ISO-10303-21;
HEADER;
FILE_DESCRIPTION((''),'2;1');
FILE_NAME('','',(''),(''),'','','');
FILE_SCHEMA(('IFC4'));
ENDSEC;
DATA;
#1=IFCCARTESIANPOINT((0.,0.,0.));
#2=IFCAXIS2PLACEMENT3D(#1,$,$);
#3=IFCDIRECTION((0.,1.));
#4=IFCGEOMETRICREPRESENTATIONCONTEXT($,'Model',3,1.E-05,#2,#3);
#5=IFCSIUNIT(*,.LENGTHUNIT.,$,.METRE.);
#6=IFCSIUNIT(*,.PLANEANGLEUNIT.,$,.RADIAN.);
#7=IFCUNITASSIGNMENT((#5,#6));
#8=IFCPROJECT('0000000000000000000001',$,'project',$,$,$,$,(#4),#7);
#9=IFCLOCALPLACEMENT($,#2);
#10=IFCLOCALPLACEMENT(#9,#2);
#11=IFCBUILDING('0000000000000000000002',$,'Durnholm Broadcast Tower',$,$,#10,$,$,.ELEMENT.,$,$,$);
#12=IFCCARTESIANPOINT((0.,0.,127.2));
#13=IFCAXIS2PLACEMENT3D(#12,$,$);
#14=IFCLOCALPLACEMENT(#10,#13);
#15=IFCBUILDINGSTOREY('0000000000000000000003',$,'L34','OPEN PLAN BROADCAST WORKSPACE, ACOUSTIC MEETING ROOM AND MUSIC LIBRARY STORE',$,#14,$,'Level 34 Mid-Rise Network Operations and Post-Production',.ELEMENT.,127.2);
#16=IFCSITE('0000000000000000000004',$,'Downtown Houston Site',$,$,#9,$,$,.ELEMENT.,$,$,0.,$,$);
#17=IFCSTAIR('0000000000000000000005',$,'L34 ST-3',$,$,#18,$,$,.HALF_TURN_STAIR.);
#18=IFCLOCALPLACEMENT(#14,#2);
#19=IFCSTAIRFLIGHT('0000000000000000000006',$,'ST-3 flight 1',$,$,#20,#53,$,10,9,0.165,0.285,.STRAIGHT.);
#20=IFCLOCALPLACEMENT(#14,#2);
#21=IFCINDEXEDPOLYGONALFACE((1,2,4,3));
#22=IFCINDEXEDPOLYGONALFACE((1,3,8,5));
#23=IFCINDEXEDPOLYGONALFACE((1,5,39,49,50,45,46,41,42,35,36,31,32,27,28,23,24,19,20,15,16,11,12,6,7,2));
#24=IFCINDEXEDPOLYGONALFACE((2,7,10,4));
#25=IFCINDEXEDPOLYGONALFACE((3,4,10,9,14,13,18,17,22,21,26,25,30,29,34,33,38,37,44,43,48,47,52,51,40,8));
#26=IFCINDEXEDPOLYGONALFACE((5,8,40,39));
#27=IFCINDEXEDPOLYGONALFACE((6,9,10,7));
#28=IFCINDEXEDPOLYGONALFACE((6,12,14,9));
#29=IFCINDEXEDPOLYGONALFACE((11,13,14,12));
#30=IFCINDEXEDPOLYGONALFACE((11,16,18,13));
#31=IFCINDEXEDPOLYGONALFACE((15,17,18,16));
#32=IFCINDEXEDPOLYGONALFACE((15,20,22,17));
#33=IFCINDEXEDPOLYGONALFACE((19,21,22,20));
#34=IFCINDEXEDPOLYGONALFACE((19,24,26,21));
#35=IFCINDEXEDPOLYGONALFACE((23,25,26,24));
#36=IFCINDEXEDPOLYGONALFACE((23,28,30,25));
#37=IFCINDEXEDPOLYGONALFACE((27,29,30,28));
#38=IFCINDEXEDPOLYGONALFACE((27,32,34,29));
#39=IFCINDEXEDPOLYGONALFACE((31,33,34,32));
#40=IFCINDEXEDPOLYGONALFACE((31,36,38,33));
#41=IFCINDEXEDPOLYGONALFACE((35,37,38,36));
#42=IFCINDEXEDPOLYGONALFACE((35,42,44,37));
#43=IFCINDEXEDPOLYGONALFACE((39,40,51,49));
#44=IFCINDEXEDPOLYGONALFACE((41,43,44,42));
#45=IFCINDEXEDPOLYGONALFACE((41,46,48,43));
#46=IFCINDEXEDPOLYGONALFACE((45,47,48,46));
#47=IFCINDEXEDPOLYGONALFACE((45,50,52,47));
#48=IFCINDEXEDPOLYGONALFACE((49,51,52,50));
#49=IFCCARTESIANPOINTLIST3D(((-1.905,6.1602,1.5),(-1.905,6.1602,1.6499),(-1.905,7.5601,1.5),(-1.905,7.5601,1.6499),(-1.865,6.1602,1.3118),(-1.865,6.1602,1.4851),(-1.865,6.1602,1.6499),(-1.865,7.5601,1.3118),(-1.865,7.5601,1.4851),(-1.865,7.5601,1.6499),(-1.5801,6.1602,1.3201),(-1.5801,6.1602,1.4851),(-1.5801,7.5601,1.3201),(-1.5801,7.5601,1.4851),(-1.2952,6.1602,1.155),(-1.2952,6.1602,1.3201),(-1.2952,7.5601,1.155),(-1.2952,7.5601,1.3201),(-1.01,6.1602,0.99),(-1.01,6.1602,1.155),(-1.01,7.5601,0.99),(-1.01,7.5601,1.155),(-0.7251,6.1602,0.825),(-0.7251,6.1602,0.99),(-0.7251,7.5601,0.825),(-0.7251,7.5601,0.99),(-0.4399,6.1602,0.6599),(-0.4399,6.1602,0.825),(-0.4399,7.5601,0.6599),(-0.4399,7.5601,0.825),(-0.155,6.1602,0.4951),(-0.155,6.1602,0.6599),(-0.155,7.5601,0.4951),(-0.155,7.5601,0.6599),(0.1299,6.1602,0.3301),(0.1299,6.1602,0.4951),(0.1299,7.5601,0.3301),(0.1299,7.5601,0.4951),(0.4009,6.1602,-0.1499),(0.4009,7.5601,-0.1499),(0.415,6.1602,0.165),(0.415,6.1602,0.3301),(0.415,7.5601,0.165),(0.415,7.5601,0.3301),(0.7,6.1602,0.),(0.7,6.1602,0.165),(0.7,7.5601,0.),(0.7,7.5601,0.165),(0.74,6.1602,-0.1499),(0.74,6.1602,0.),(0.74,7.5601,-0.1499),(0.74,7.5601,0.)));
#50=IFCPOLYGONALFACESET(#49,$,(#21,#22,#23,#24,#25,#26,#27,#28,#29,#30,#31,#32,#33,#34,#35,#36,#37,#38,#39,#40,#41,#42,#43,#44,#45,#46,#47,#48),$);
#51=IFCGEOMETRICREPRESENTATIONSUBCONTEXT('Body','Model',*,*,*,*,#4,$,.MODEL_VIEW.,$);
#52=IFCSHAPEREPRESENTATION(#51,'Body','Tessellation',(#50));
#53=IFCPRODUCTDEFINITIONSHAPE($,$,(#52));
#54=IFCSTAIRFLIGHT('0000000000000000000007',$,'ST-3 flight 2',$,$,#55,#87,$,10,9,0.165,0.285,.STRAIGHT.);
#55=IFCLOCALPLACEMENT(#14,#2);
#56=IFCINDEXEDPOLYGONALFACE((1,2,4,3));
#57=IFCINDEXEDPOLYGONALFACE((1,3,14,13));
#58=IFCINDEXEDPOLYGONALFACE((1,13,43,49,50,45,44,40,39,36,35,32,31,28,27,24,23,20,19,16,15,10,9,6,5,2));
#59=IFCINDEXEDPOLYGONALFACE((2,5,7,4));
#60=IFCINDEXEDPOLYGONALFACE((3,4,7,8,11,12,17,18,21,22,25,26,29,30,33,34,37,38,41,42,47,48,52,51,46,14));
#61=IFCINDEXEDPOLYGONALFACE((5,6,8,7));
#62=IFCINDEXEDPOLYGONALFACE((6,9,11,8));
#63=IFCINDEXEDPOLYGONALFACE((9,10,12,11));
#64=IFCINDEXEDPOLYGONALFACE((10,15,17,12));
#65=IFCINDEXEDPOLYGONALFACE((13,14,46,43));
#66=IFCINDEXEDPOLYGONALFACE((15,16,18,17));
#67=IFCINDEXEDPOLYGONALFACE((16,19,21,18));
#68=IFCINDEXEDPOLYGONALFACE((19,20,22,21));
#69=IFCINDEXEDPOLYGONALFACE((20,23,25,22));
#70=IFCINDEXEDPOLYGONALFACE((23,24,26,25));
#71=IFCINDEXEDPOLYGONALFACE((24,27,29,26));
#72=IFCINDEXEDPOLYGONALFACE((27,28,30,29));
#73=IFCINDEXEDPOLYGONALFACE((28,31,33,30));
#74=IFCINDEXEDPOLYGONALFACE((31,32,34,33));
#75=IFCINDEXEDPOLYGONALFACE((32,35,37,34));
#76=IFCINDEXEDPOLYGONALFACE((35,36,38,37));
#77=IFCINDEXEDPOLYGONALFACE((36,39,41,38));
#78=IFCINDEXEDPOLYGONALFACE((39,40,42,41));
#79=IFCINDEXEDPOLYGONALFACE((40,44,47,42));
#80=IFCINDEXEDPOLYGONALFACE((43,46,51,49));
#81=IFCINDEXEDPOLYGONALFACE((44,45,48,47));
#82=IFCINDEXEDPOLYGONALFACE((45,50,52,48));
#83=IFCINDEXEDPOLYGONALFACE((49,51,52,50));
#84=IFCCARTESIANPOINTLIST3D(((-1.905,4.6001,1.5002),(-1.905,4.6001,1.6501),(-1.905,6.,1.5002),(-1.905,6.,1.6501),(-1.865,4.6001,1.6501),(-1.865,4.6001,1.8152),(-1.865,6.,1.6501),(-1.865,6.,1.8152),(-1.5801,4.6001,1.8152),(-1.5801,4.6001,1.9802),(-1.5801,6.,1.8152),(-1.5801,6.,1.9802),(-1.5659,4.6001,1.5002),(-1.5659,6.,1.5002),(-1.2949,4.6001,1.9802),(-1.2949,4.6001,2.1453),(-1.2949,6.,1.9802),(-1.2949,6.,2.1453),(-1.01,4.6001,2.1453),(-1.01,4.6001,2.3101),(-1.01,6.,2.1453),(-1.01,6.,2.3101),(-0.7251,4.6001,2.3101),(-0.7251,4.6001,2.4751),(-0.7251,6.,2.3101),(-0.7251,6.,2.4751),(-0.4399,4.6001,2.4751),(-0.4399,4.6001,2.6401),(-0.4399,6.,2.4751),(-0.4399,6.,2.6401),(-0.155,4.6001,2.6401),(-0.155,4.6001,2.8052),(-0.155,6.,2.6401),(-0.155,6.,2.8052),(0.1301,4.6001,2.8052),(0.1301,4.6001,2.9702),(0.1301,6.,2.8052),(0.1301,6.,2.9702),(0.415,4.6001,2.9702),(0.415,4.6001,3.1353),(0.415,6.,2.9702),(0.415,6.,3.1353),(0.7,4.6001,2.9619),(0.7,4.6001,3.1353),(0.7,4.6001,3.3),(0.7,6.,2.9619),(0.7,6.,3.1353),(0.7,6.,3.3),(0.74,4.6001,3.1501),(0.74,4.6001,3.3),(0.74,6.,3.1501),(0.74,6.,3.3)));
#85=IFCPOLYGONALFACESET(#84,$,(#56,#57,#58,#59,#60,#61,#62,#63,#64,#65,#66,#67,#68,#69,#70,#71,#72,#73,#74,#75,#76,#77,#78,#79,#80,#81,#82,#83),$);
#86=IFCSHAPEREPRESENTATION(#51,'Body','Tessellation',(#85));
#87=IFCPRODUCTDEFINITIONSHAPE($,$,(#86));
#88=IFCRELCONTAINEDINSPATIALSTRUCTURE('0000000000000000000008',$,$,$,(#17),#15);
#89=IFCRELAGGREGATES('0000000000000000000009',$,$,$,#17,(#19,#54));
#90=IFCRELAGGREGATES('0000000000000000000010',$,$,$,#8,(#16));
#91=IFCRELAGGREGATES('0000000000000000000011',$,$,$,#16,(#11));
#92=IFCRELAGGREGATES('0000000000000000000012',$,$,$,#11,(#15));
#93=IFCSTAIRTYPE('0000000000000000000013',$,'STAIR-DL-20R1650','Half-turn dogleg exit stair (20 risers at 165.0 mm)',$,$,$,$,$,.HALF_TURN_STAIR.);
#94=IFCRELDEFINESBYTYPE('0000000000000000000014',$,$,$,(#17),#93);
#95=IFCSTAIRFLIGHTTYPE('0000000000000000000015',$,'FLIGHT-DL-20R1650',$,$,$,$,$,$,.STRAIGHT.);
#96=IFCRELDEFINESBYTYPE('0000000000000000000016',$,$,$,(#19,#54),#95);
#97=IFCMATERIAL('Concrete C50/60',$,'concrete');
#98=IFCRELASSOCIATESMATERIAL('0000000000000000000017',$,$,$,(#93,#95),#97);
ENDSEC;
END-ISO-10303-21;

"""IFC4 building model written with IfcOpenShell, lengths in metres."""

from ifc_helpers import new_model, si_unit, direction, frame, origin, place, context, subcontext, project, spatial, polyline, outline, extrude, material, type_object, element, aggregate, save


model = new_model("IFC4")

# Units and contexts
model_context = context("Model", 3, precision=1e-05, world=origin(), true_north=direction((0.0, 1.0)))
body_context = subcontext(model_context, "Body", "Model", "MODEL_VIEW")
ifc_project = project(units=[si_unit("LENGTHUNIT", "METRE"), si_unit("PLANEANGLEUNIT", "RADIAN")], contexts=[model_context])

# Site, building, storey
site_placement = place(None, origin())
site = spatial("IfcSite", under=ifc_project, at=site_placement, Name="Downtown Houston Site", CompositionType="ELEMENT", RefElevation=0.0)
building_placement = place(site_placement, origin())
building = spatial("IfcBuilding", under=site, at=building_placement, Name="Durnholm Broadcast Tower", CompositionType="ELEMENT")
storey_placement = place(building_placement, frame((0.0, 0.0, 127.2)))
storey = spatial("IfcBuildingStorey", under=building, at=storey_placement, Name="L34", Description="OPEN PLAN BROADCAST WORKSPACE, ACOUSTIC MEETING ROOM AND MUSIC LIBRARY STORE", LongName="Level 34 Mid-Rise Network Operations and Post-Production", CompositionType="ELEMENT", Elevation=127.2)

# Shared definitions
ifc_material_1 = material(Name="Concrete C50/60", Category="concrete")

# Stair, stair flights
stair_type = type_object("IfcStairType", Name="STAIR-DL-20R1650", Description="Half-turn dogleg exit stair (20 risers at 165.0 mm)", PredefinedType="HALF_TURN_STAIR", material=ifc_material_1)
stair_placement = place(storey_placement, origin())
stair = element("IfcStair", 1, at=stair_placement, inside=storey, type_object=stair_type, Name="L34 ST-3", PredefinedType="HALF_TURN_STAIR")
stair_flight_type = type_object("IfcStairFlightType", Name="FLIGHT-DL-20R1650", PredefinedType="STRAIGHT", material=ifc_material_1)
stair_flight_1_placement = place(storey_placement, frame((0.7, 6.8601, 0.0), z_axis=(0.0, 0.0, 1.0), x_axis=(-1.0, 0.0, 0.0)))
stair_flight_1 = element("IfcStairFlight", 2, at=stair_flight_1_placement, type_object=stair_flight_type, Name="ST-3 flight 1", NumberOfRisers=10, NumberOfTreads=9, PredefinedType="STRAIGHT", RiserHeight=0.165, TreadLength=0.285, context=body_context, shape_type="SweptSolid", body=[
    extrude(outline(polyline([(-0.04, -0.1499), (-0.04, 0.0), (0.0, 0.0), (0.0, 0.165), (0.2849, 0.165), (0.2849, 0.3301), (0.5701, 0.3301), (0.5701, 0.4951), (0.855, 0.4951), (0.855, 0.6599), (1.1399, 0.6599), (1.1399, 0.825), (1.425, 0.825), (1.425, 0.99), (1.71, 0.99), (1.71, 1.155), (1.9951, 1.155), (1.9951, 1.3201), (2.28, 1.3201), (2.28, 1.4851), (2.5649, 1.4851), (2.5649, 1.6499), (2.605, 1.6499), (2.605, 1.5), (2.5649, 1.3118), (0.2991, -0.1499), (-0.04, -0.1499)])), frame((0.0, 0.7, 0.0), z_axis=(0.0, -1.0, 0.0), x_axis=(1.0, 0.0, 0.0)), (0.0, 0.0, 1.0), 1.3999),
])
stair_flight_2_placement = place(storey_placement, frame((-1.865, 5.3, 1.6501), z_axis=(0.0, 0.0, 1.0), x_axis=(1.0, 0.0, 0.0)))
stair_flight_2 = element("IfcStairFlight", 3, at=stair_flight_2_placement, type_object=stair_flight_type, Name="ST-3 flight 2", NumberOfRisers=10, NumberOfTreads=9, PredefinedType="STRAIGHT", RiserHeight=0.165, TreadLength=0.285, context=body_context, shape_type="SweptSolid", body=[
    extrude(outline(polyline([(-0.04, -0.1499), (-0.04, 0.0), (0.0, 0.0), (0.0, 0.165), (0.2849, 0.165), (0.2849, 0.3301), (0.5701, 0.3301), (0.5701, 0.4951), (0.855, 0.4951), (0.855, 0.6599), (1.1399, 0.6599), (1.1399, 0.825), (1.425, 0.825), (1.425, 0.99), (1.71, 0.99), (1.71, 1.155), (1.9951, 1.155), (1.9951, 1.3201), (2.28, 1.3201), (2.28, 1.4851), (2.5649, 1.4851), (2.5649, 1.6499), (2.605, 1.6499), (2.605, 1.5), (2.5649, 1.3118), (0.2991, -0.1499), (-0.04, -0.1499)])), frame((0.0, 0.7, 0.0), z_axis=(0.0, -1.0, 0.0), x_axis=(1.0, 0.0, 0.0)), (0.0, 0.0, 1.0), 1.3999),
])
aggregate(stair, [stair_flight_1, stair_flight_2])

save(model, "model.ifc")
